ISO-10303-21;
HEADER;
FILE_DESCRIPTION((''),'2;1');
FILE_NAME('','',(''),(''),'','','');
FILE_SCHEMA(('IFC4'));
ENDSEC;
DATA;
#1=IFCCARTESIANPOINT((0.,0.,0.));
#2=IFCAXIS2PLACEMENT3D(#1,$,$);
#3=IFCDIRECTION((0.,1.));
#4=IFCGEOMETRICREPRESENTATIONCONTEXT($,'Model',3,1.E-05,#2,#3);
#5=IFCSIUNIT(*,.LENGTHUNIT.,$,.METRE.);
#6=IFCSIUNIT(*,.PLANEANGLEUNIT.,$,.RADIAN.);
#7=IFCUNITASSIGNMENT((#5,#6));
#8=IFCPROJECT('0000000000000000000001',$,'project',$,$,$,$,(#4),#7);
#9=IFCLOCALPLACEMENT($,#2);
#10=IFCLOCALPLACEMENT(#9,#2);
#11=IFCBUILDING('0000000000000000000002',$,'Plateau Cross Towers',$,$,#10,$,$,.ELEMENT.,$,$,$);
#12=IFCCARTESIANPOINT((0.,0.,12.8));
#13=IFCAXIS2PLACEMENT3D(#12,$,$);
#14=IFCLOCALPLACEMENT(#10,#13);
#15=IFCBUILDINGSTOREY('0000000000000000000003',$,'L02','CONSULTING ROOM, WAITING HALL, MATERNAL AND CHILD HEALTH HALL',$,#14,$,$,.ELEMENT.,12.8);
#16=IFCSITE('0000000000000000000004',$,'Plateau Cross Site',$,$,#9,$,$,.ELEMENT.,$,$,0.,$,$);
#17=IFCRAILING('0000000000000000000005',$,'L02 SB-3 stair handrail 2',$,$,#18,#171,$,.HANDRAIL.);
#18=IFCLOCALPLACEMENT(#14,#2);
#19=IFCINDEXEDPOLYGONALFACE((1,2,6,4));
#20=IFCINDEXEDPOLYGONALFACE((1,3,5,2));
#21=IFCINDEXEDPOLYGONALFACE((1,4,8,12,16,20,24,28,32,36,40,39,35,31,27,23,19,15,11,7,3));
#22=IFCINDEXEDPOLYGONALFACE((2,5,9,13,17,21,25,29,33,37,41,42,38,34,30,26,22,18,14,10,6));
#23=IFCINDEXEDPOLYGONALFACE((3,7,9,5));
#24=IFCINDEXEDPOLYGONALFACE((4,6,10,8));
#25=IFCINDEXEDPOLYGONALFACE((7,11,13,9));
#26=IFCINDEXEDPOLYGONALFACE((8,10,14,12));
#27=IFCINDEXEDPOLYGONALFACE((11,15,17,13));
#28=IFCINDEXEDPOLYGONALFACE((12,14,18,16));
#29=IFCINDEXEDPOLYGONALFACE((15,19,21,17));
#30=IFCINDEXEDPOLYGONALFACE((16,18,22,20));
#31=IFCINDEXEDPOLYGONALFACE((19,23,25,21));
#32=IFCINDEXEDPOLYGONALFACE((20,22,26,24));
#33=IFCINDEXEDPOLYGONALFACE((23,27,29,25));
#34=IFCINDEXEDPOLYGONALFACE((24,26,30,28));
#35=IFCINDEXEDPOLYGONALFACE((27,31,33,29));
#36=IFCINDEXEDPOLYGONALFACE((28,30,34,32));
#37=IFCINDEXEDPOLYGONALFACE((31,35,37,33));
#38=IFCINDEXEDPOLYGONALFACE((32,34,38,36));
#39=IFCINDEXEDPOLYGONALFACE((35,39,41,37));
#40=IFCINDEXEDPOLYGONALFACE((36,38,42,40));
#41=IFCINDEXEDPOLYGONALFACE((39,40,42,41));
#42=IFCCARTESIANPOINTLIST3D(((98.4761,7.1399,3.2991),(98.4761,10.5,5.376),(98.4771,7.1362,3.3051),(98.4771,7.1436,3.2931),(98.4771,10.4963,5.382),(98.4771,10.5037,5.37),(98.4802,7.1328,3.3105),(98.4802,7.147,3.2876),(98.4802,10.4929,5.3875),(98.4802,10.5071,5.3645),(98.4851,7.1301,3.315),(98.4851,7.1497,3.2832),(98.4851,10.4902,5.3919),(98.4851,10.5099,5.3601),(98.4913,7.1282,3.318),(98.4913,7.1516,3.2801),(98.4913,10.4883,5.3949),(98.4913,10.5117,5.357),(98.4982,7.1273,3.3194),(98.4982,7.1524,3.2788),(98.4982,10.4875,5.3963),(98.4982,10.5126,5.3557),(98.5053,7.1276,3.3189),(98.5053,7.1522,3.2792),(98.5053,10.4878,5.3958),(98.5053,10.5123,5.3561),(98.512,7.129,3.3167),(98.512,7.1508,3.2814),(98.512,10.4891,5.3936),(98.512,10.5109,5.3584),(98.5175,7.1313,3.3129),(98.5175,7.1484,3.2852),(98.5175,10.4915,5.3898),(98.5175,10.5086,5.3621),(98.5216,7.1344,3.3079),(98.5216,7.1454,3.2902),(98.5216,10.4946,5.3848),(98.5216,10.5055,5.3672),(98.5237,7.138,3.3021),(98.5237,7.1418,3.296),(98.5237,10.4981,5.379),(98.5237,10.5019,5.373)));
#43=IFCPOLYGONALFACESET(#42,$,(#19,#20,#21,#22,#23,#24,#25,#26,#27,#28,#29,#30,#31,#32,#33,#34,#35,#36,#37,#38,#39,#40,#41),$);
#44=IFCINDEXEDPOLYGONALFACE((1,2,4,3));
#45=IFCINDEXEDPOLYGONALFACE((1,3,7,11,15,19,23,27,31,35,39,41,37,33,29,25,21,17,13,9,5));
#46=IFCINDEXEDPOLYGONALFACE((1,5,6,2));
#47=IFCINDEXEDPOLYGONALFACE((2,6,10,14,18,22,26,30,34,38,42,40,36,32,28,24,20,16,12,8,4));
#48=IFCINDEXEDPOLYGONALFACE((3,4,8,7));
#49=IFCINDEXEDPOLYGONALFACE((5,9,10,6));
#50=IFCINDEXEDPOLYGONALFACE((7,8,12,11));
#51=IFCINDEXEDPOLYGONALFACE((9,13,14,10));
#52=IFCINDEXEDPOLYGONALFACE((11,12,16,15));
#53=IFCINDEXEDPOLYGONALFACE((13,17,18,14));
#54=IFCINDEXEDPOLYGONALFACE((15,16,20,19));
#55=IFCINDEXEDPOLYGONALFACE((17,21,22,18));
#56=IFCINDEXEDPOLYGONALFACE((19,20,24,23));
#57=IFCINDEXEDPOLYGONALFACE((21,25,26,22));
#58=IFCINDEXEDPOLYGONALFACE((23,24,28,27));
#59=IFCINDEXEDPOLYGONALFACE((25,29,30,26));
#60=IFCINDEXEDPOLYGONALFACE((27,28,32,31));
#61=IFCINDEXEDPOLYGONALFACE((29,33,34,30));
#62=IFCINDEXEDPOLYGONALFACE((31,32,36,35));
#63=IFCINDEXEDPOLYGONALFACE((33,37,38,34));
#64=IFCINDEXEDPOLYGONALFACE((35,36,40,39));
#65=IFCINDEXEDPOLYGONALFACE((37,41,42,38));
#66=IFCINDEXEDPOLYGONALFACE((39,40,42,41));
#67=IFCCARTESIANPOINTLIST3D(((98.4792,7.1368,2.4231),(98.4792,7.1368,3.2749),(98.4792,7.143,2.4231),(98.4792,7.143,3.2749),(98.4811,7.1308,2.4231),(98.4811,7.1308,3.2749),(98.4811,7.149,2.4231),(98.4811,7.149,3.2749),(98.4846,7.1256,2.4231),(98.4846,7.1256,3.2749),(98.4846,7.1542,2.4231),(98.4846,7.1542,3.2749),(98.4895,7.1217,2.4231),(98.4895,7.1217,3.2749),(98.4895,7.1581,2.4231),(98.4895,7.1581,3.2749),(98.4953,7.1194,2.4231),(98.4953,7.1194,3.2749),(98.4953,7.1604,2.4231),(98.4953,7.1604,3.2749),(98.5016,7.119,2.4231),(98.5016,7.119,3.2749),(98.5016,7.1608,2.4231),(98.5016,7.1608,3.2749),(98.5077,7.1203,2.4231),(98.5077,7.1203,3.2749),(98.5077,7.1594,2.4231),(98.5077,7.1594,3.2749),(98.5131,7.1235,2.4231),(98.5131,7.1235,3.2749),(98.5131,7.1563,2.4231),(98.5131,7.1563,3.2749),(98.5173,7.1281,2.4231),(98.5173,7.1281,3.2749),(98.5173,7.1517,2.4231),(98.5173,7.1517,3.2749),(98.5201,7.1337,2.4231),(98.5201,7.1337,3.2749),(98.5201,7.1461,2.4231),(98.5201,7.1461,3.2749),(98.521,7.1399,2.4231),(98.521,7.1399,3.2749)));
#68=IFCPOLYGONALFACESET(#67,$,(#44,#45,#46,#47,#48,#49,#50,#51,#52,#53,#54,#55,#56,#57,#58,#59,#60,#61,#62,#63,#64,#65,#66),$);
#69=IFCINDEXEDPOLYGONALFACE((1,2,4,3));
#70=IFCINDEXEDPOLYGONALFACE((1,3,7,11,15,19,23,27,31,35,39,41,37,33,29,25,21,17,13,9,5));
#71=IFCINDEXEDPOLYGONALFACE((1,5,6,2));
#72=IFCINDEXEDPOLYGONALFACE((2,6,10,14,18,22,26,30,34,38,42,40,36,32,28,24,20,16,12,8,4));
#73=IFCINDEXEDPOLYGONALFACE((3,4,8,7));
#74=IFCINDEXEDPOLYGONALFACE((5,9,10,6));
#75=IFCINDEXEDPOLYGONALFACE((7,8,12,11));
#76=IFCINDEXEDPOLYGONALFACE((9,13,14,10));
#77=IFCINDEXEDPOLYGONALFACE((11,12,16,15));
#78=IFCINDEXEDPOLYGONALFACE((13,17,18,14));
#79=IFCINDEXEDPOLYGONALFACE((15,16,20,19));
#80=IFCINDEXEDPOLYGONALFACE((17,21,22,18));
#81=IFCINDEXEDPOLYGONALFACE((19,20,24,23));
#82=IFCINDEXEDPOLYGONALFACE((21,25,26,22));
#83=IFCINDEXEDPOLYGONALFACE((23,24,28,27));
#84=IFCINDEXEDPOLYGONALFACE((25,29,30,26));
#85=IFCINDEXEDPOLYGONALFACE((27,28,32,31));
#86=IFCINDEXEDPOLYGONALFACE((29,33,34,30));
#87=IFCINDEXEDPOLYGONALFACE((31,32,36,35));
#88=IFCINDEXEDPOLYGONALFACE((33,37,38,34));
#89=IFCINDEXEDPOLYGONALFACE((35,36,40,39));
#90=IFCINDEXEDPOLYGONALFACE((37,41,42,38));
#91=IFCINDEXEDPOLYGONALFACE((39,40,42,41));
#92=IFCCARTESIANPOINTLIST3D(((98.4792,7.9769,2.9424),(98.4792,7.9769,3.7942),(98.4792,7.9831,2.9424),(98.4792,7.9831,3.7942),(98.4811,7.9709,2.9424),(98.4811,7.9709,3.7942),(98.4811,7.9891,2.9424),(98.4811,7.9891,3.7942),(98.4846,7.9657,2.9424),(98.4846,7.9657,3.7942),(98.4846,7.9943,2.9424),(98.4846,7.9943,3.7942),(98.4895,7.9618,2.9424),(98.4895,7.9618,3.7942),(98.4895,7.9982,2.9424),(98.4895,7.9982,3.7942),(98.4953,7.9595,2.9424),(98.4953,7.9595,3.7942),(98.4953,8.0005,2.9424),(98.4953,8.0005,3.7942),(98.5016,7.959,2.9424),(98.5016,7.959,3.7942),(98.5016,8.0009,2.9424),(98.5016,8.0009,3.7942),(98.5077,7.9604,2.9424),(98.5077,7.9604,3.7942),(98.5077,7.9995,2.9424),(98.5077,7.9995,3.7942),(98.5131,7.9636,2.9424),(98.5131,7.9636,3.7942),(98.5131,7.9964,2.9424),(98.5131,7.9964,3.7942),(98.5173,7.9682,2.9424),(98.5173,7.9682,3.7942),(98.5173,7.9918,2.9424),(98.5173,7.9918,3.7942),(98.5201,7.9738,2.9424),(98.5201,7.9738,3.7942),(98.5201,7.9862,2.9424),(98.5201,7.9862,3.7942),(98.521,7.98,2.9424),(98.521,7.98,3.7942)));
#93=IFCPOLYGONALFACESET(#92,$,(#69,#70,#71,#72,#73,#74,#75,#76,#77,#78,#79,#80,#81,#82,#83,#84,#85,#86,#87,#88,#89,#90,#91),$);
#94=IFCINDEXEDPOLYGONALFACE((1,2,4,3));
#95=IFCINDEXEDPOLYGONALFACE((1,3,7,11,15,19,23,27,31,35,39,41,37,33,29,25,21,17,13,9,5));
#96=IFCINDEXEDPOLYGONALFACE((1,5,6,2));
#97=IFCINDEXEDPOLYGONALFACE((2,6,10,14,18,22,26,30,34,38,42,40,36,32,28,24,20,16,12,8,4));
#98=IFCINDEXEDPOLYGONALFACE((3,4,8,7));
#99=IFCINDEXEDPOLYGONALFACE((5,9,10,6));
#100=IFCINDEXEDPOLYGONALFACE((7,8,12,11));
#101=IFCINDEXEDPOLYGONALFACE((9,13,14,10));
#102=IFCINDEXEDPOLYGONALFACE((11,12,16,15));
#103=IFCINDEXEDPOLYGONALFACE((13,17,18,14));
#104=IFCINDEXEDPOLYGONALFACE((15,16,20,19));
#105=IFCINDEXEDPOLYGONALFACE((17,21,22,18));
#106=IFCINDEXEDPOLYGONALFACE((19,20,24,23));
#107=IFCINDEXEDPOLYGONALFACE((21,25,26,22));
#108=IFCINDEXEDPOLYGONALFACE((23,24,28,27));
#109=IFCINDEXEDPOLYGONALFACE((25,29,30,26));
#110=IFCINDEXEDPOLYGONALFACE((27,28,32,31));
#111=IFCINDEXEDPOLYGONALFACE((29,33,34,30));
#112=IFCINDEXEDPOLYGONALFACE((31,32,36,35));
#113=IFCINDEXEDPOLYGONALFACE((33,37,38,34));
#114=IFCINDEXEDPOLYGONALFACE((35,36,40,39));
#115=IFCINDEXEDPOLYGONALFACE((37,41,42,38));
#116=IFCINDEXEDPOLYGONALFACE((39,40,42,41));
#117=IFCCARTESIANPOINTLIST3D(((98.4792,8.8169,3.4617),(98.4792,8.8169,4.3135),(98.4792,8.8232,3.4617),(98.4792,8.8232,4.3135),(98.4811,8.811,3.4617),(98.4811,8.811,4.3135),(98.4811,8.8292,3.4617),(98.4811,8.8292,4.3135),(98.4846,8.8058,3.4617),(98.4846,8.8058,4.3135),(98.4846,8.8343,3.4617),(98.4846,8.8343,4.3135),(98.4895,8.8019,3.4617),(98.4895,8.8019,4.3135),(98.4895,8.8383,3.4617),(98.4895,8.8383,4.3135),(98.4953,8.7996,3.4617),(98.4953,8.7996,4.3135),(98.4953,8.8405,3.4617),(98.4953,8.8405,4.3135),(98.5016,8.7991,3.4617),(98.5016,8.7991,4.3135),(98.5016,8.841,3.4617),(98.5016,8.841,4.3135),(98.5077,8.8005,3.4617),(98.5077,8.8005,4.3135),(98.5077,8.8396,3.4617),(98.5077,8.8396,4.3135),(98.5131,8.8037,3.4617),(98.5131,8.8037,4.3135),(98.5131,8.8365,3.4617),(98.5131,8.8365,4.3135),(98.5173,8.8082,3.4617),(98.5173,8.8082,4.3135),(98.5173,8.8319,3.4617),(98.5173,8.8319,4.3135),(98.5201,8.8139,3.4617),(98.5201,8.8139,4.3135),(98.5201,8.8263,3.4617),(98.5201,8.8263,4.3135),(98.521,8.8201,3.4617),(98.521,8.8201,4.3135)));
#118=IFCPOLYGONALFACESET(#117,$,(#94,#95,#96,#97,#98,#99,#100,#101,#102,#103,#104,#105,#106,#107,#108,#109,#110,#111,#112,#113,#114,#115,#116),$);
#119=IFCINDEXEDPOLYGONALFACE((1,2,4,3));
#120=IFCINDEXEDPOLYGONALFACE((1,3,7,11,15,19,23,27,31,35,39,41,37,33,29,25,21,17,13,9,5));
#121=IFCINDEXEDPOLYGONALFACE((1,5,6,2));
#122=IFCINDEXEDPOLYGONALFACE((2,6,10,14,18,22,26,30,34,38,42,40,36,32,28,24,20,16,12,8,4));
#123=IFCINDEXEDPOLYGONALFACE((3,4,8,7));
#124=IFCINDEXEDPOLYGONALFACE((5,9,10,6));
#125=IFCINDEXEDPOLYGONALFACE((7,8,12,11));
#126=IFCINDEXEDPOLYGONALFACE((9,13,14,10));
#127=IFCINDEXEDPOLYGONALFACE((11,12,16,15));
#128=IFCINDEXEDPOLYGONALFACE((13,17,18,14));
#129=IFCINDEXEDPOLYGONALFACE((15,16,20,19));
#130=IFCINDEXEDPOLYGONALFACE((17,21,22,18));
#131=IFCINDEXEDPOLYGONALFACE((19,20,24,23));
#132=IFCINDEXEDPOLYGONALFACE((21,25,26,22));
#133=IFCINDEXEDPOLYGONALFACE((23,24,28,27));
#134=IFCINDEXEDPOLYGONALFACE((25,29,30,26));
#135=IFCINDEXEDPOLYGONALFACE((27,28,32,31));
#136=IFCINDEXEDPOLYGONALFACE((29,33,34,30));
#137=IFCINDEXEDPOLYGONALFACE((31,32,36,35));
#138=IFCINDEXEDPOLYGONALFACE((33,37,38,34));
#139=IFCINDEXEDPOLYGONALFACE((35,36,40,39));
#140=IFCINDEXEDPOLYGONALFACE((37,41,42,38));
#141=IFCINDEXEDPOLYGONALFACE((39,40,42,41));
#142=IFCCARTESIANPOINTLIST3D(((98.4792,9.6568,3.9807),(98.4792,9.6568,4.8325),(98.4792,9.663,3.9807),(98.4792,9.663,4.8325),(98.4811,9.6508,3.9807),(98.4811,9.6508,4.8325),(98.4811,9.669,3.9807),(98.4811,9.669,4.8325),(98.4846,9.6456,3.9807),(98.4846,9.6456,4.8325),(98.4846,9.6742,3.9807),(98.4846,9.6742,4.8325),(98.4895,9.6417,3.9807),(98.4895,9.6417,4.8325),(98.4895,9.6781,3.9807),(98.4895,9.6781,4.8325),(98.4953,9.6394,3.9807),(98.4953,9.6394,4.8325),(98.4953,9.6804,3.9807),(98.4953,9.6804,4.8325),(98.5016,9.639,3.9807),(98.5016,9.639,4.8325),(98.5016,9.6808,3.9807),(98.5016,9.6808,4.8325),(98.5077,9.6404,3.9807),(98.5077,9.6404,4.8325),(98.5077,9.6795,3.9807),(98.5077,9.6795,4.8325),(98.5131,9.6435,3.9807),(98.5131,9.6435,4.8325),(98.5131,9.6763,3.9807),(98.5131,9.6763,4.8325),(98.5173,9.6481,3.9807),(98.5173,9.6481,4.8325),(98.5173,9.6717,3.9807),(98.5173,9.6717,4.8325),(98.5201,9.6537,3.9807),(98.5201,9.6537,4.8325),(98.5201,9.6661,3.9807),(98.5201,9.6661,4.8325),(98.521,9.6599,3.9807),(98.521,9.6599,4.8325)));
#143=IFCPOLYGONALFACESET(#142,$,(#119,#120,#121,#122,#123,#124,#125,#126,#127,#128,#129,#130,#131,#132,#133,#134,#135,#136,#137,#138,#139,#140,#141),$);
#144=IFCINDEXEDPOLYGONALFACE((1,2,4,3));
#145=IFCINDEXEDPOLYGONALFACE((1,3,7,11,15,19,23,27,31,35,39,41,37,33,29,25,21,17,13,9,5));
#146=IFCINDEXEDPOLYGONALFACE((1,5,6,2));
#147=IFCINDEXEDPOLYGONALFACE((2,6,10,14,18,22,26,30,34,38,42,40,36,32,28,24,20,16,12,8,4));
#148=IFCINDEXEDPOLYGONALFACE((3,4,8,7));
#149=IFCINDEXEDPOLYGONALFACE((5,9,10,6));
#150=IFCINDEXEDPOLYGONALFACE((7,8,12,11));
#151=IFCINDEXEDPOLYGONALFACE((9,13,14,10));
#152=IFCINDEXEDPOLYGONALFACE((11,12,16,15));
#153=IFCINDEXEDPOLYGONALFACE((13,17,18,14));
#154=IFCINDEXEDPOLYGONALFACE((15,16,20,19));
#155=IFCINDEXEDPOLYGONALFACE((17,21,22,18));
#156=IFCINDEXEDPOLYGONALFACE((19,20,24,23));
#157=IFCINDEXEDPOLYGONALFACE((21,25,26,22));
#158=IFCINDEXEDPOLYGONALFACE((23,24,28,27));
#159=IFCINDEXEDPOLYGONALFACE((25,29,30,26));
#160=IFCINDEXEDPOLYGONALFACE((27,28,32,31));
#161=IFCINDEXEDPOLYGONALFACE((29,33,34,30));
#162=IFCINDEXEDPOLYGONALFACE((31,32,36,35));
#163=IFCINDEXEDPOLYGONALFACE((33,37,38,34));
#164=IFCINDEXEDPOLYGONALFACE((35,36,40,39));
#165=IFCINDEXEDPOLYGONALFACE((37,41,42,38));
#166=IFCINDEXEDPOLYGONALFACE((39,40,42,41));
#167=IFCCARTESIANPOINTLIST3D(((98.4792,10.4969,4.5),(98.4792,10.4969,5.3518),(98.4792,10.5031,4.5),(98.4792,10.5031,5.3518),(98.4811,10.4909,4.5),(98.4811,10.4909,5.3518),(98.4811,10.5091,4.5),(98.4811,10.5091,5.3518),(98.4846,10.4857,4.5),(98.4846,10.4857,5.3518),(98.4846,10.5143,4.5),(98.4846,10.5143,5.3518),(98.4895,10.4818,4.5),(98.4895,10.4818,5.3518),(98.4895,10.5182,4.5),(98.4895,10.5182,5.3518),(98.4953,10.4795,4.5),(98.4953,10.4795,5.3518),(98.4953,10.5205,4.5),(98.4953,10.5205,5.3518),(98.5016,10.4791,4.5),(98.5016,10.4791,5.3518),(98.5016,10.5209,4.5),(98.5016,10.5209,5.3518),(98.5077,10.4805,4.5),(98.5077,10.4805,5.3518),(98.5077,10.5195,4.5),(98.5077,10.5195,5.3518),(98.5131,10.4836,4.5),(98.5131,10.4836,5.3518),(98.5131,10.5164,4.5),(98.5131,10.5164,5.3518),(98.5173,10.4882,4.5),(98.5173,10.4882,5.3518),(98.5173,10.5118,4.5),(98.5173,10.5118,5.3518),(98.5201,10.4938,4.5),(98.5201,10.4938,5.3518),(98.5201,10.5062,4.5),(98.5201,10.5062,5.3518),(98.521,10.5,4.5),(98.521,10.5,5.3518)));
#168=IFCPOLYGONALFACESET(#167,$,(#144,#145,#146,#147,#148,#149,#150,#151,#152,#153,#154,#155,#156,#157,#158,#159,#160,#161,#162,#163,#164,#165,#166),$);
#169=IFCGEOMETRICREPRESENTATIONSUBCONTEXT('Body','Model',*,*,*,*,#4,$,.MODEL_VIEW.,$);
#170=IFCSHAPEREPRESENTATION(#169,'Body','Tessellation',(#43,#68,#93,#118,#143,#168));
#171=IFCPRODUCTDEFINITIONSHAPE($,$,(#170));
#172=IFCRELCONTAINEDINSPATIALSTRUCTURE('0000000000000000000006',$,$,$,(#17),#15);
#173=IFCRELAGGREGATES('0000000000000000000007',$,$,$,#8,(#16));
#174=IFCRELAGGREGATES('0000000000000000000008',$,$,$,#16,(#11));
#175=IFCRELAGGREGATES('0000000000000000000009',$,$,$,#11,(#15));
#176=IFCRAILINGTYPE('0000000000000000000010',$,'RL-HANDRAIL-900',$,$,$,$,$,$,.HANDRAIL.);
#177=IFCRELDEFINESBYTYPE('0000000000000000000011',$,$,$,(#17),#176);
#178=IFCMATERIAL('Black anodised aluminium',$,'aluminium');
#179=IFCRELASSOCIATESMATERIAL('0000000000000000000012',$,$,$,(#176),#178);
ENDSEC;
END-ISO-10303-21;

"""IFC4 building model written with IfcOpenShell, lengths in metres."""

from ifc_helpers import new_model, si_unit, direction, frame, origin, origin_2d, place, context, subcontext, project, spatial, circle, extrude, material, type_object, element, save


model = new_model("IFC4")

# Units and contexts
model_context = context("Model", 3, precision=1e-05, world=origin(), true_north=direction((0.0, 1.0)))
body_context = subcontext(model_context, "Body", "Model", "MODEL_VIEW")
ifc_project = project(units=[si_unit("LENGTHUNIT", "METRE"), si_unit("PLANEANGLEUNIT", "RADIAN")], contexts=[model_context])

# Site, building, storey
site_placement = place(None, origin())
site = spatial("IfcSite", under=ifc_project, at=site_placement, Name="Plateau Cross Site", CompositionType="ELEMENT", RefElevation=0.0)
building_placement = place(site_placement, origin())
building = spatial("IfcBuilding", under=site, at=building_placement, Name="Plateau Cross Towers", CompositionType="ELEMENT")
storey_placement = place(building_placement, frame((0.0, 0.0, 12.8)))
storey = spatial("IfcBuildingStorey", under=building, at=storey_placement, Name="L02", Description="CONSULTING ROOM, WAITING HALL, MATERNAL AND CHILD HEALTH HALL", CompositionType="ELEMENT", Elevation=12.8)

# Shared definitions
ifc_material_1 = material(Name="Black anodised aluminium", Category="aluminium")

# Railing
railing_type_1 = type_object("IfcRailingType", Name="RL-HANDRAIL-900", PredefinedType="HANDRAIL", material=ifc_material_1)
railing_1_placement = place(storey_placement, frame((98.5, 7.1399, 2.4231)))
element("IfcRailing", 1, at=railing_1_placement, inside=storey, type_object=railing_type_1, Name="L02 SB-3 stair handrail 2", PredefinedType="HANDRAIL", context=body_context, shape_type="SweptSolid", body=[
    extrude(circle(Radius=0.0239, at=origin_2d()), frame((0.0, 0.0, 0.876), z_axis=(0.0, 0.850623, 0.525776), x_axis=(-1.0, 0.0, 0.0)), (0.0, 0.0, 1.0), 3.9502),
    extrude(circle(Radius=0.021, at=origin_2d()), origin(), (0.0, 0.0, 1.0), 0.8518),
    extrude(circle(Radius=0.021, at=origin_2d()), frame((0.0, 0.8401, 0.5193)), (0.0, 0.0, 1.0), 0.8518),
    extrude(circle(Radius=0.021, at=origin_2d()), frame((0.0, 1.6802, 1.0386)), (0.0, 0.0, 1.0), 0.8518),
    extrude(circle(Radius=0.021, at=origin_2d()), frame((0.0, 2.52, 1.5576)), (0.0, 0.0, 1.0), 0.8518),
    extrude(circle(Radius=0.021, at=origin_2d()), frame((0.0, 3.3601, 2.0769)), (0.0, 0.0, 1.0), 0.8518),
])

save(model, "model.ifc")
